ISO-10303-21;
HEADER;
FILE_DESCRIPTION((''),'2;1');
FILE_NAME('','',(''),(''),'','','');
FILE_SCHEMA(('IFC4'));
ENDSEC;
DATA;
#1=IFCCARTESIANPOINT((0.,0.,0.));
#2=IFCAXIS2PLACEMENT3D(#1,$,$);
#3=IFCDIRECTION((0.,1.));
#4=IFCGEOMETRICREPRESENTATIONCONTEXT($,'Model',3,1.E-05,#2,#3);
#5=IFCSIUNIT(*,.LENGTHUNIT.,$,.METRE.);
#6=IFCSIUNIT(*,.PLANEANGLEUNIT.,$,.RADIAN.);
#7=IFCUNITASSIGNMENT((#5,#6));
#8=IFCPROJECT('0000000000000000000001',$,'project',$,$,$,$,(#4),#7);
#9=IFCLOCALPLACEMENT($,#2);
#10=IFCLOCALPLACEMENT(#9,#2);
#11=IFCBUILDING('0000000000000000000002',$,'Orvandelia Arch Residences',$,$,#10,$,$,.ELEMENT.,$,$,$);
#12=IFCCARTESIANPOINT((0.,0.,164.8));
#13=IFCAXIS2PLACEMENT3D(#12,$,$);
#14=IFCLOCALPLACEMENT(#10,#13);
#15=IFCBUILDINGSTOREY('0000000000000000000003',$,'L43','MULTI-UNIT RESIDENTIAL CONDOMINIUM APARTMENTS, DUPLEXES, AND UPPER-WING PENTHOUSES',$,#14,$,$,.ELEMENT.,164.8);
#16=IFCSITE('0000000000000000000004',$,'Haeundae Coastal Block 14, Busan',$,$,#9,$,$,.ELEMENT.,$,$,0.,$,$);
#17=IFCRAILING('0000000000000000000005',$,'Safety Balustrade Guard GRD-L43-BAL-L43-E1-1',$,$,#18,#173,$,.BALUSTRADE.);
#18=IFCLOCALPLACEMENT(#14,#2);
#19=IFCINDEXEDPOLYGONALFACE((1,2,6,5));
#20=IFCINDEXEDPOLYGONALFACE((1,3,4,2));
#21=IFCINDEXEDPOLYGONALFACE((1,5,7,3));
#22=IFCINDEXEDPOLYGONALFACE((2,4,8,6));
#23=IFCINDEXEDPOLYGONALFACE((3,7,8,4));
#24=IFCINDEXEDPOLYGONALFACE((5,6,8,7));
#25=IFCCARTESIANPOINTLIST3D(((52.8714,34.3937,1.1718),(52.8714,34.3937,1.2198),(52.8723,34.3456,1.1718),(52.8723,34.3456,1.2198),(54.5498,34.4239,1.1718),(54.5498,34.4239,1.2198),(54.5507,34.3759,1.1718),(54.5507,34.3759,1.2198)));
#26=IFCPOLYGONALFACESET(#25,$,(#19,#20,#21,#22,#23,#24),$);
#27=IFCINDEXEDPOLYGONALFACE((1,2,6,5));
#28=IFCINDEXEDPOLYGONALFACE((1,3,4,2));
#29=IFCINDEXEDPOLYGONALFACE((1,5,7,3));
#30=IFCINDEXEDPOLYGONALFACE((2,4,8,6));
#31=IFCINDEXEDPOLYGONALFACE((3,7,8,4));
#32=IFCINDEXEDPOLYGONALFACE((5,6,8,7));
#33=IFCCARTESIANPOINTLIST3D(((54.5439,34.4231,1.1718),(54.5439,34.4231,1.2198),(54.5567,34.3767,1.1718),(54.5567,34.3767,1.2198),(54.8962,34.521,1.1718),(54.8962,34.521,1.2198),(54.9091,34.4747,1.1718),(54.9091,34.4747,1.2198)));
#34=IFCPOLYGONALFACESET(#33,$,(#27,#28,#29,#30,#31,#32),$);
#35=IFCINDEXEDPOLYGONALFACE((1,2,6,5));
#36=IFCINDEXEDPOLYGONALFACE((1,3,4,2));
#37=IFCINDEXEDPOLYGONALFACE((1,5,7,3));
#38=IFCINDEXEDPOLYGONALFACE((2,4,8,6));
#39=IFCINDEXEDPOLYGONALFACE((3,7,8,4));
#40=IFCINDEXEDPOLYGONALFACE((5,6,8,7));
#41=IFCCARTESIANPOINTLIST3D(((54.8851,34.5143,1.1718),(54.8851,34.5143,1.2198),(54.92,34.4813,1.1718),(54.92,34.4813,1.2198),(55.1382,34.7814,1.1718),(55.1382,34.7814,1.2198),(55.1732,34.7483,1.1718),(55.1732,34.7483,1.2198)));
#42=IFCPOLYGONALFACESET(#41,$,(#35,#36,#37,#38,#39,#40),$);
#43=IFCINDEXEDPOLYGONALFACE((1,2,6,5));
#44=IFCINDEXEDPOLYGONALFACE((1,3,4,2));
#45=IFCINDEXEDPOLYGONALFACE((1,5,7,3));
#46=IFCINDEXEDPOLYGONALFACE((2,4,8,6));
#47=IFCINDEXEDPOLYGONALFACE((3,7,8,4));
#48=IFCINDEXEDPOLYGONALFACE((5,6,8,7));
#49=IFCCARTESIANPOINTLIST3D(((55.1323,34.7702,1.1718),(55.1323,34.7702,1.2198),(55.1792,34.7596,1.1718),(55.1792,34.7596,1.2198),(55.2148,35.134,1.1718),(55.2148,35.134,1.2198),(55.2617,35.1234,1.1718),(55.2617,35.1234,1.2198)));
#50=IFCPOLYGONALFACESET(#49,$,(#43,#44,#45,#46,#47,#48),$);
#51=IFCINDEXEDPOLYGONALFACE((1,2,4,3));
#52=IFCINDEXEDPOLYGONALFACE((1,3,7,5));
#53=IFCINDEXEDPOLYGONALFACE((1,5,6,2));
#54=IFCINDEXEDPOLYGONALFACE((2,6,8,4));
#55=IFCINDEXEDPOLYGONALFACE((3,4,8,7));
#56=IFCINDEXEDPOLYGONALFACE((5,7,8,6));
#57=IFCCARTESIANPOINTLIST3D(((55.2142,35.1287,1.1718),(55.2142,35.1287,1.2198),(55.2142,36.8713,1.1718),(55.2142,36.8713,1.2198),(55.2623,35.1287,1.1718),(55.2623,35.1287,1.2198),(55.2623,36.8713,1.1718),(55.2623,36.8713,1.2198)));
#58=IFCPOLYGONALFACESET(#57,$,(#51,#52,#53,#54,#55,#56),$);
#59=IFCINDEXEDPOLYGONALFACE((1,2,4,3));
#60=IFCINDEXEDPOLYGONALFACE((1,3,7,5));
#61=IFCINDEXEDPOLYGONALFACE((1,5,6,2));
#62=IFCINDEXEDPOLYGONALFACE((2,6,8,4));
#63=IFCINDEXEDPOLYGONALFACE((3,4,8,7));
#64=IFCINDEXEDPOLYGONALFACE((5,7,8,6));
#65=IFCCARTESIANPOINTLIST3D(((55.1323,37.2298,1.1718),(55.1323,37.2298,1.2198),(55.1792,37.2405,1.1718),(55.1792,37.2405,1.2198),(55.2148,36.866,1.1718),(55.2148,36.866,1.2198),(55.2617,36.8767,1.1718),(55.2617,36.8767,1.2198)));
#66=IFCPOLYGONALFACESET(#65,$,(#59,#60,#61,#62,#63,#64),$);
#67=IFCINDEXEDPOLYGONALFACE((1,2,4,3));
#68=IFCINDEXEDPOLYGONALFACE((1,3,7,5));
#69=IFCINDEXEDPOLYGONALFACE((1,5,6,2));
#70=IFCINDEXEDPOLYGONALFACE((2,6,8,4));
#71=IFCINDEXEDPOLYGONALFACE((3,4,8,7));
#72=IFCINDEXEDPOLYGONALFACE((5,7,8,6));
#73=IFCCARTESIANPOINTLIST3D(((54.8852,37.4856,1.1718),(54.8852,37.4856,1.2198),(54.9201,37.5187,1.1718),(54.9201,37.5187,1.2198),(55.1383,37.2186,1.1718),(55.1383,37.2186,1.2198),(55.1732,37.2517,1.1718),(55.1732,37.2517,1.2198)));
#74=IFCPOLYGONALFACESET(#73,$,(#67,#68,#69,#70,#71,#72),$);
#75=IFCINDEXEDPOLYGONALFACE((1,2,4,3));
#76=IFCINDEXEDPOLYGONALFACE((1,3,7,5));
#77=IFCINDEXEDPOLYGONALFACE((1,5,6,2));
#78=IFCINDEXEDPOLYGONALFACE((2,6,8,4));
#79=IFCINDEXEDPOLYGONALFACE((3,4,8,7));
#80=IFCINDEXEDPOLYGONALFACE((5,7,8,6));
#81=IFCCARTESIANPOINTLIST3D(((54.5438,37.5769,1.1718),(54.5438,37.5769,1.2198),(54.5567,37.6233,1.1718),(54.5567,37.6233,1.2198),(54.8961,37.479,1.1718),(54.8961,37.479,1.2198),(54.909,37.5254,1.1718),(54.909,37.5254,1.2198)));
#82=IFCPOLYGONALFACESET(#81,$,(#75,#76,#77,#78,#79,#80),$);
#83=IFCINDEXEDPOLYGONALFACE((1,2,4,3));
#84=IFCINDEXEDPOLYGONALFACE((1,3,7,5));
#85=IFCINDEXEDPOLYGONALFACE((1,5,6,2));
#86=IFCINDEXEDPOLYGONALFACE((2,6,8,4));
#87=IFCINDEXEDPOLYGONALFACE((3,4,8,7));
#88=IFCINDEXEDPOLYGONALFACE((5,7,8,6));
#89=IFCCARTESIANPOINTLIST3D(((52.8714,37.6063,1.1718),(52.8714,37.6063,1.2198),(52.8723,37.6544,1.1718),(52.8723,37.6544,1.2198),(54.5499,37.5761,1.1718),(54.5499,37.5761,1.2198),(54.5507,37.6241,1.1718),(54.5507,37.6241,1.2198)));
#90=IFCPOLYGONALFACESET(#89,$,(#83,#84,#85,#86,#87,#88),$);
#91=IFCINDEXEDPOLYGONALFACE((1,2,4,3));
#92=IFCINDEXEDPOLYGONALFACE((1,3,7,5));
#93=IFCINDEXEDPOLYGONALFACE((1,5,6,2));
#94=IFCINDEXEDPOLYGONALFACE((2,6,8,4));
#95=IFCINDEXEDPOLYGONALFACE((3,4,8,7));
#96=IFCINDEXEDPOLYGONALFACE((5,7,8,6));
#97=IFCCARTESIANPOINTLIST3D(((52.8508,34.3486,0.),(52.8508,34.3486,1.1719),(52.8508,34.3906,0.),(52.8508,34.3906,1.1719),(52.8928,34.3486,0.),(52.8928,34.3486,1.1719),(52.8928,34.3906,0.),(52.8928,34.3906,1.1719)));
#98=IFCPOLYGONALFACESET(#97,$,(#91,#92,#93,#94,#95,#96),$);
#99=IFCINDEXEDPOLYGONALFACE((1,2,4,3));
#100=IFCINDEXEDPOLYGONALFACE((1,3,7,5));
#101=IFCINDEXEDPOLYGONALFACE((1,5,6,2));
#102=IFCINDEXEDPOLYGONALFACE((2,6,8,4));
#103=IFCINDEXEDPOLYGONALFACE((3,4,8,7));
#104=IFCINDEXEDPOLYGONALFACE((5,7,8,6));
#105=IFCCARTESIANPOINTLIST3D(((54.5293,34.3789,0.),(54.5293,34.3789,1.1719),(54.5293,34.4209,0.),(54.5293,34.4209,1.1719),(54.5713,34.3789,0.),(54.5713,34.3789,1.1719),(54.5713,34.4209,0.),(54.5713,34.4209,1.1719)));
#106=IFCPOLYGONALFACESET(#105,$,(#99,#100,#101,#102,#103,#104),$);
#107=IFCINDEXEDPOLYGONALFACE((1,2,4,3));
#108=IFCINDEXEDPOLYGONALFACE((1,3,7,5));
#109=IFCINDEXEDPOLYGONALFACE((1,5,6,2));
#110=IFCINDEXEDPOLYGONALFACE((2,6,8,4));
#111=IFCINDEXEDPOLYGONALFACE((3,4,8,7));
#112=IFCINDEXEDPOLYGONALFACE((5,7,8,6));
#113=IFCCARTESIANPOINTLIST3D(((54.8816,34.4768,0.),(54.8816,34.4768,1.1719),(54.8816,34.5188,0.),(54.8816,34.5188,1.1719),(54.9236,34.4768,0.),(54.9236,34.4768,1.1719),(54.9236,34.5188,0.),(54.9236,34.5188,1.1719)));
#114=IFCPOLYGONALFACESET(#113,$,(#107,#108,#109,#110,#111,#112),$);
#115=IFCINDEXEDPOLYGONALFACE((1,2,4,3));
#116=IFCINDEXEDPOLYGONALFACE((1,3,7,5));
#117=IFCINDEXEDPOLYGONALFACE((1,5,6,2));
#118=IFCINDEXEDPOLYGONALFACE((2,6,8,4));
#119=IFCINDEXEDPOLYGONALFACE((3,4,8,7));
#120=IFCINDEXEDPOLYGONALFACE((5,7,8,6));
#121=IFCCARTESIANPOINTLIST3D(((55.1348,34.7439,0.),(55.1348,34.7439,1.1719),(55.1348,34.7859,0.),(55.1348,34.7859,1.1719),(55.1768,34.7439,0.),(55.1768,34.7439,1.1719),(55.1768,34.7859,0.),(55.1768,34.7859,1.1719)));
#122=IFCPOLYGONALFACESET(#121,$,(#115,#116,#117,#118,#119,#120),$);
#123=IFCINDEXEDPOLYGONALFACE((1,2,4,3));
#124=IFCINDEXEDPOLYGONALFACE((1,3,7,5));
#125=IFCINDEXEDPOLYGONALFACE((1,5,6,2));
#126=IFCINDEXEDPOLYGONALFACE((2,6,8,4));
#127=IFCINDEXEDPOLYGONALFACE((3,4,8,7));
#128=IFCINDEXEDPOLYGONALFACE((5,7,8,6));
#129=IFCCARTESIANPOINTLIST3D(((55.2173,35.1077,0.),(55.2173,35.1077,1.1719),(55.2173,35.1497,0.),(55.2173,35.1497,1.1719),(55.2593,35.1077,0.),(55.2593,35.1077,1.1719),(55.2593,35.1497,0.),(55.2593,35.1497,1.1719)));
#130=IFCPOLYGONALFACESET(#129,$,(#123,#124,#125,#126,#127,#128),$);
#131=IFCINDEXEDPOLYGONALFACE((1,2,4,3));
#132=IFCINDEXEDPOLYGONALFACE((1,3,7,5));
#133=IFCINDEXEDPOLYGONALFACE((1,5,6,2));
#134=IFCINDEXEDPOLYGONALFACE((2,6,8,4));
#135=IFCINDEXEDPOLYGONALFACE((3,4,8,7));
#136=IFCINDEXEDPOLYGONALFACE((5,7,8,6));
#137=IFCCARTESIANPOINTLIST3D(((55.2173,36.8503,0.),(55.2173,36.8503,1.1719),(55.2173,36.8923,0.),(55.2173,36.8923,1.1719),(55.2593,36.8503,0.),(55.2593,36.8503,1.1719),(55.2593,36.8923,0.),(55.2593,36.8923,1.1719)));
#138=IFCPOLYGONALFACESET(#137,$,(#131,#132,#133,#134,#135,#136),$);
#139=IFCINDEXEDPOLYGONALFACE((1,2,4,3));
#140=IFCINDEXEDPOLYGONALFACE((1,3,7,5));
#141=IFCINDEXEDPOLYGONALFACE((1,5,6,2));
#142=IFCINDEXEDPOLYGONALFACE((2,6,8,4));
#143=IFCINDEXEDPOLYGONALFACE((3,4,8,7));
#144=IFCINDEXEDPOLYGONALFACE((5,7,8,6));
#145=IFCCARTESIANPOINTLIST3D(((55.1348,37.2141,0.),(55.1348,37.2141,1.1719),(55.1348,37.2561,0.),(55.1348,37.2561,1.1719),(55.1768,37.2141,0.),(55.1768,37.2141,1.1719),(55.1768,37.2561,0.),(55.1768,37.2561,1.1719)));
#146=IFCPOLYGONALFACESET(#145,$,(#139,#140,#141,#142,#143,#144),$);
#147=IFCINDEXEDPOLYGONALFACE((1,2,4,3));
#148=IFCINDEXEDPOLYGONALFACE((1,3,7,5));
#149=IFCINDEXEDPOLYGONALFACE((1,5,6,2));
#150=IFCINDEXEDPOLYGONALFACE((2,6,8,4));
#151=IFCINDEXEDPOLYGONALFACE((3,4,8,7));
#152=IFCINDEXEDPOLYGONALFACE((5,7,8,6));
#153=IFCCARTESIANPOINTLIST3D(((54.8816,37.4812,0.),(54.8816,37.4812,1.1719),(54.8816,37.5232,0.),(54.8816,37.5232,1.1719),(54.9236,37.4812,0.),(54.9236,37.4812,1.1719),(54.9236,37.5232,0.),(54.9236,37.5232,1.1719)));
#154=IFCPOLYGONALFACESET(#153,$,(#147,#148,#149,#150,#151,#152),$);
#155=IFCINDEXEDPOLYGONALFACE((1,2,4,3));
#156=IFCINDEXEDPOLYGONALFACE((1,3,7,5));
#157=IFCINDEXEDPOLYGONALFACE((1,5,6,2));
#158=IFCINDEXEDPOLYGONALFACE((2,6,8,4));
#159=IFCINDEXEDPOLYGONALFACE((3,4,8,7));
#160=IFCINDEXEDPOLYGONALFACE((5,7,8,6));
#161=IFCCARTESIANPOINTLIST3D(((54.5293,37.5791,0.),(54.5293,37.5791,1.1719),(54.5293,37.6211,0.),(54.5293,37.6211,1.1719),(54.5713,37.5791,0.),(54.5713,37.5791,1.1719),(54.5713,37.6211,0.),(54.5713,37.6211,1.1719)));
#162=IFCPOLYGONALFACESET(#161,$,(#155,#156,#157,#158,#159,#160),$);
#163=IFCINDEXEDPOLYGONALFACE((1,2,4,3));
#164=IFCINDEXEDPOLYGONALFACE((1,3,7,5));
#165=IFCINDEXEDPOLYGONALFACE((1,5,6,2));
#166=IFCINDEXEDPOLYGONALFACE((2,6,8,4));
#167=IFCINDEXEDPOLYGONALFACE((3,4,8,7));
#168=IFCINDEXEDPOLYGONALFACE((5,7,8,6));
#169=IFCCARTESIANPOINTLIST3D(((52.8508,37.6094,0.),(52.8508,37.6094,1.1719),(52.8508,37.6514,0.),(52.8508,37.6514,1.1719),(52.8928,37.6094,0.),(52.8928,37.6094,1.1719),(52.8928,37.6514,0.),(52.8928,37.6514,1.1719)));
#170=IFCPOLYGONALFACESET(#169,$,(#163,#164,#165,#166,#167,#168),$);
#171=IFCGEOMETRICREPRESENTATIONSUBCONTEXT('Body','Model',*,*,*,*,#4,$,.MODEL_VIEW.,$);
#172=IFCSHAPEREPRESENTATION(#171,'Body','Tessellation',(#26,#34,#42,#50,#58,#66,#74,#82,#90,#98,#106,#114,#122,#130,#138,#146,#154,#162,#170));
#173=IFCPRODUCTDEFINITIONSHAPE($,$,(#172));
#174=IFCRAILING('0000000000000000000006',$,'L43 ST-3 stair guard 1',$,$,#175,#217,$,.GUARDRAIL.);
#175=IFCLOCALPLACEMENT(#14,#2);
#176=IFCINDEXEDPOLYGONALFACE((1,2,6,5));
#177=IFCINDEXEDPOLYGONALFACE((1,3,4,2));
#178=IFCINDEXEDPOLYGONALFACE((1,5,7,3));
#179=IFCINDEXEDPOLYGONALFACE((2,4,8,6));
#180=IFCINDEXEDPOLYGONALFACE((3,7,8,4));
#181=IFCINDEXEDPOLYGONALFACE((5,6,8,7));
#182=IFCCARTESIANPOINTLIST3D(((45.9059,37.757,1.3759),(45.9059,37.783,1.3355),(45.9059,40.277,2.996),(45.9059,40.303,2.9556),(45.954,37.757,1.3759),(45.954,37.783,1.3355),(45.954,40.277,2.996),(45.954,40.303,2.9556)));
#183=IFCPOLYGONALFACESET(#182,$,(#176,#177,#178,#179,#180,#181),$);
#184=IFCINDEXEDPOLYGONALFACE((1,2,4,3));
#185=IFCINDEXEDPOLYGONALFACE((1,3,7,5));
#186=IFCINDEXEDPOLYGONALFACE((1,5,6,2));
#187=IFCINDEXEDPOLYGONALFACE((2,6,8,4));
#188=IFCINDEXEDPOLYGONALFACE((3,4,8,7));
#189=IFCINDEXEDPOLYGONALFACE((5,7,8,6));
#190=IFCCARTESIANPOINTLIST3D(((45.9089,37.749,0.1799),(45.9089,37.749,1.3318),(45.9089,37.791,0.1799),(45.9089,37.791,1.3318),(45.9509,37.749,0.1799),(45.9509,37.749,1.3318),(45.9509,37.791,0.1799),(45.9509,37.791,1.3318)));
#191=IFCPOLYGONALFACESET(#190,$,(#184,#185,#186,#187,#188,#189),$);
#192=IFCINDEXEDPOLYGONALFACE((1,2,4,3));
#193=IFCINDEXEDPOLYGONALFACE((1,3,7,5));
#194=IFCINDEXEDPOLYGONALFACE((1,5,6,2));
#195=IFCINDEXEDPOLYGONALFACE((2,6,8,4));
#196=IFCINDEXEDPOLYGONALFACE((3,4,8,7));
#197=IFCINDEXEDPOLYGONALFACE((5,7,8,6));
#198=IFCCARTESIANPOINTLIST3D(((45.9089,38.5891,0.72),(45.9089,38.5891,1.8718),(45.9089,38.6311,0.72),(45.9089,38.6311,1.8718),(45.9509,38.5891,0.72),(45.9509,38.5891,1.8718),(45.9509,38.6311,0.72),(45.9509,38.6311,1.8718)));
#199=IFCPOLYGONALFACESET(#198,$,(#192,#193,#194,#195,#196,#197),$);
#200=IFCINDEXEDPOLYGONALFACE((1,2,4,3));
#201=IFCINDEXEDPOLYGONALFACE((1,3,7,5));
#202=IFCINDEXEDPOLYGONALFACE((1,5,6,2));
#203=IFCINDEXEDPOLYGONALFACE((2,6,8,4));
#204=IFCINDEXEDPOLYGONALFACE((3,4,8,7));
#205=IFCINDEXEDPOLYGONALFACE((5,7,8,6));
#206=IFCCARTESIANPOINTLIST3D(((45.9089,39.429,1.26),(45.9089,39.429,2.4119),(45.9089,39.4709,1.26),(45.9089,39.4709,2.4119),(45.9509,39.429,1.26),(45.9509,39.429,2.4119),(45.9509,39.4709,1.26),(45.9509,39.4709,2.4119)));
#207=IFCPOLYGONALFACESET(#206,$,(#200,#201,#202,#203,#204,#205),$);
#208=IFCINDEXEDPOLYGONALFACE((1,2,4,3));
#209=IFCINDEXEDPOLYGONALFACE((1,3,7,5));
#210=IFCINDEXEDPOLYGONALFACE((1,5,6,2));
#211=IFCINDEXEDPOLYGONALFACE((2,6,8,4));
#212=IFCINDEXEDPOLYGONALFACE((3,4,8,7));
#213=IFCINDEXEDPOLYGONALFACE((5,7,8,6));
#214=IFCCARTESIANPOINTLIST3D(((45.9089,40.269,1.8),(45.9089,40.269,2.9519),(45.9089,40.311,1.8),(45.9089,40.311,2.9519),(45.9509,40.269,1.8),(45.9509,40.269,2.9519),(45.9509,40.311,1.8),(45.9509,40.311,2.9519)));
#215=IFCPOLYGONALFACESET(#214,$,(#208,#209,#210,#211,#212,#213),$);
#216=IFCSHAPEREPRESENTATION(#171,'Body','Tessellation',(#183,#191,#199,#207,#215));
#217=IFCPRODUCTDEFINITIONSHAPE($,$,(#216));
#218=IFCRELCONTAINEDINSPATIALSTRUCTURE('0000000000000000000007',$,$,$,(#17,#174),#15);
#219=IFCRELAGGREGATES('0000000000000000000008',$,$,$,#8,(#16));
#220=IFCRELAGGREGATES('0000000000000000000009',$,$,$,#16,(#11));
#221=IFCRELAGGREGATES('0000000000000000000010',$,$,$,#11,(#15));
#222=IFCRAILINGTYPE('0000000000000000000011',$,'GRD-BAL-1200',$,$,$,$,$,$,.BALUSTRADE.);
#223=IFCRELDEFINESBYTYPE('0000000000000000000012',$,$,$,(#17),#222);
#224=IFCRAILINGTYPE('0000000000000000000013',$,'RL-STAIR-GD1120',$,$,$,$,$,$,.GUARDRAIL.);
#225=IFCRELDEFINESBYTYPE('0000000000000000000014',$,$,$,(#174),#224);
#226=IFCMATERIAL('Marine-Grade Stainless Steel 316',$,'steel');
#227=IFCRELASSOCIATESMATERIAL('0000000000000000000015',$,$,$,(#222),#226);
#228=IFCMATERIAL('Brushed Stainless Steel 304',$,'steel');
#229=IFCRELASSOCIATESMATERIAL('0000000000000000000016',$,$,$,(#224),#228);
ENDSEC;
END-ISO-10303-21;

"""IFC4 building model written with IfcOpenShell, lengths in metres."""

from ifc_helpers import new_model, si_unit, direction, frame, origin, origin_2d, place, context, subcontext, project, spatial, rectangle, extrude, material, type_object, element, save


model = new_model("IFC4")

# Units and contexts
model_context = context("Model", 3, precision=1e-05, world=origin(), true_north=direction((0.0, 1.0)))
body_context = subcontext(model_context, "Body", "Model", "MODEL_VIEW")
ifc_project = project(units=[si_unit("LENGTHUNIT", "METRE"), si_unit("PLANEANGLEUNIT", "RADIAN")], contexts=[model_context])

# Site, building, storey
site_placement = place(None, origin())
site = spatial("IfcSite", under=ifc_project, at=site_placement, Name="Haeundae Coastal Block 14, Busan", CompositionType="ELEMENT", RefElevation=0.0)
building_placement = place(site_placement, origin())
building = spatial("IfcBuilding", under=site, at=building_placement, Name="Orvandelia Arch Residences", CompositionType="ELEMENT")
storey_placement = place(building_placement, frame((0.0, 0.0, 164.8)))
storey = spatial("IfcBuildingStorey", under=building, at=storey_placement, Name="L43", Description="MULTI-UNIT RESIDENTIAL CONDOMINIUM APARTMENTS, DUPLEXES, AND UPPER-WING PENTHOUSES", CompositionType="ELEMENT", Elevation=164.8)

# Railings
ifc_material_1 = material(Name="Marine-Grade Stainless Steel 316", Category="steel")
railing_type_1 = type_object("IfcRailingType", Name="GRD-BAL-1200", PredefinedType="BALUSTRADE", material=ifc_material_1)
railing_1_placement = place(storey_placement, frame((52.8718, 34.3696, 0.0)))
element("IfcRailing", 1, at=railing_1_placement, inside=storey, type_object=railing_type_1, Name="Safety Balustrade Guard GRD-L43-BAL-L43-E1-1", PredefinedType="BALUSTRADE", context=body_context, shape_type="SweptSolid", body=[
    extrude(rectangle(XDim=0.0481, YDim=0.0481, at=origin_2d()), frame((0.0, 0.0, 1.1958), z_axis=(0.999837, 0.018033, 0.0), x_axis=(-0.018033, 0.999837, 0.0)), (0.0, 0.0, 1.0), 1.6787),
    extrude(rectangle(XDim=0.0481, YDim=0.0481, at=origin_2d()), frame((1.6785, 0.0303, 1.1958), z_axis=(0.963489, 0.267747, 0.0), x_axis=(-0.267747, 0.963489, 0.0)), (0.0, 0.0, 1.0), 0.3657),
    extrude(rectangle(XDim=0.0481, YDim=0.0481, at=origin_2d()), frame((2.0308, 0.1282, 1.1958), z_axis=(0.687947, 0.725761, 0.0), x_axis=(-0.725761, 0.687947, 0.0)), (0.0, 0.0, 1.0), 0.3679),
    extrude(rectangle(XDim=0.0481, YDim=0.0481, at=origin_2d()), frame((2.2839, 0.3953, 1.1958), z_axis=(0.221225, 0.975223, 0.0), x_axis=(-0.975223, 0.221225, 0.0)), (0.0, 0.0, 1.0), 0.373),
    extrude(rectangle(XDim=0.0481, YDim=0.0481, at=origin_2d()), frame((2.3665, 0.759, 1.1958), z_axis=(0.0, 1.0, 0.0), x_axis=(-1.0, 0.0, 0.0)), (0.0, 0.0, 1.0), 1.7427),
    extrude(rectangle(XDim=0.0481, YDim=0.0481, at=origin_2d()), frame((2.3665, 2.5017, 1.1958), z_axis=(-0.221225, 0.975223, 0.0), x_axis=(-0.975223, -0.221225, 0.0)), (0.0, 0.0, 1.0), 0.373),
    extrude(rectangle(XDim=0.0481, YDim=0.0481, at=origin_2d()), frame((2.2839, 2.8655, 1.1958), z_axis=(-0.687947, 0.725761, 0.0), x_axis=(-0.725761, -0.687947, 0.0)), (0.0, 0.0, 1.0), 0.3679),
    extrude(rectangle(XDim=0.0481, YDim=0.0481, at=origin_2d()), frame((2.0308, 3.1326, 1.1958), z_axis=(-0.963489, 0.267747, 0.0), x_axis=(-0.267747, -0.963489, 0.0)), (0.0, 0.0, 1.0), 0.3657),
    extrude(rectangle(XDim=0.0481, YDim=0.0481, at=origin_2d()), frame((1.6785, 3.2305, 1.1958), z_axis=(-0.999837, 0.018033, 0.0), x_axis=(-0.018033, -0.999837, 0.0)), (0.0, 0.0, 1.0), 1.6787),
    extrude(rectangle(XDim=0.042, YDim=0.042, at=origin_2d()), origin(), (0.0, 0.0, 1.0), 1.1719),
    extrude(rectangle(XDim=0.042, YDim=0.042, at=origin_2d()), frame((1.6785, 0.0303, 0.0)), (0.0, 0.0, 1.0), 1.1719),
    extrude(rectangle(XDim=0.042, YDim=0.042, at=origin_2d()), frame((2.0308, 0.1282, 0.0)), (0.0, 0.0, 1.0), 1.1719),
    extrude(rectangle(XDim=0.042, YDim=0.042, at=origin_2d()), frame((2.2839, 0.3953, 0.0)), (0.0, 0.0, 1.0), 1.1719),
    extrude(rectangle(XDim=0.042, YDim=0.042, at=origin_2d()), frame((2.3665, 0.759, 0.0)), (0.0, 0.0, 1.0), 1.1719),
    extrude(rectangle(XDim=0.042, YDim=0.042, at=origin_2d()), frame((2.3665, 2.5017, 0.0)), (0.0, 0.0, 1.0), 1.1719),
    extrude(rectangle(XDim=0.042, YDim=0.042, at=origin_2d()), frame((2.2839, 2.8655, 0.0)), (0.0, 0.0, 1.0), 1.1719),
    extrude(rectangle(XDim=0.042, YDim=0.042, at=origin_2d()), frame((2.0308, 3.1326, 0.0)), (0.0, 0.0, 1.0), 1.1719),
    extrude(rectangle(XDim=0.042, YDim=0.042, at=origin_2d()), frame((1.6785, 3.2305, 0.0)), (0.0, 0.0, 1.0), 1.1719),
    extrude(rectangle(XDim=0.042, YDim=0.042, at=origin_2d()), frame((0.0, 3.2607, 0.0)), (0.0, 0.0, 1.0), 1.1719),
])
ifc_material_2 = material(Name="Brushed Stainless Steel 304", Category="steel")
railing_type_2 = type_object("IfcRailingType", Name="RL-STAIR-GD1120", PredefinedType="GUARDRAIL", material=ifc_material_2)
railing_2_placement = place(storey_placement, frame((45.9299, 37.77, 0.1799)))
element("IfcRailing", 2, at=railing_2_placement, inside=storey, type_object=railing_type_2, Name="L43 ST-3 stair guard 1", PredefinedType="GUARDRAIL", context=body_context, shape_type="SweptSolid", body=[
    extrude(rectangle(XDim=0.0481, YDim=0.0481, at=origin_2d()), frame((0.0, 0.0, 1.1758), z_axis=(0.0, 0.841163, 0.540782), x_axis=(-1.0, 0.0, 0.0)), (0.0, 0.0, 1.0), 2.9958),
    extrude(rectangle(XDim=0.042, YDim=0.042, at=origin_2d()), origin(), (0.0, 0.0, 1.0), 1.1519),
    extrude(rectangle(XDim=0.042, YDim=0.042, at=origin_2d()), frame((0.0, 0.8401, 0.54)), (0.0, 0.0, 1.0), 1.1519),
    extrude(rectangle(XDim=0.042, YDim=0.042, at=origin_2d()), frame((0.0, 1.6799, 1.0801)), (0.0, 0.0, 1.0), 1.1519),
    extrude(rectangle(XDim=0.042, YDim=0.042, at=origin_2d()), frame((0.0, 2.52, 1.6201)), (0.0, 0.0, 1.0), 1.1519),
])

save(model, "model.ifc")
